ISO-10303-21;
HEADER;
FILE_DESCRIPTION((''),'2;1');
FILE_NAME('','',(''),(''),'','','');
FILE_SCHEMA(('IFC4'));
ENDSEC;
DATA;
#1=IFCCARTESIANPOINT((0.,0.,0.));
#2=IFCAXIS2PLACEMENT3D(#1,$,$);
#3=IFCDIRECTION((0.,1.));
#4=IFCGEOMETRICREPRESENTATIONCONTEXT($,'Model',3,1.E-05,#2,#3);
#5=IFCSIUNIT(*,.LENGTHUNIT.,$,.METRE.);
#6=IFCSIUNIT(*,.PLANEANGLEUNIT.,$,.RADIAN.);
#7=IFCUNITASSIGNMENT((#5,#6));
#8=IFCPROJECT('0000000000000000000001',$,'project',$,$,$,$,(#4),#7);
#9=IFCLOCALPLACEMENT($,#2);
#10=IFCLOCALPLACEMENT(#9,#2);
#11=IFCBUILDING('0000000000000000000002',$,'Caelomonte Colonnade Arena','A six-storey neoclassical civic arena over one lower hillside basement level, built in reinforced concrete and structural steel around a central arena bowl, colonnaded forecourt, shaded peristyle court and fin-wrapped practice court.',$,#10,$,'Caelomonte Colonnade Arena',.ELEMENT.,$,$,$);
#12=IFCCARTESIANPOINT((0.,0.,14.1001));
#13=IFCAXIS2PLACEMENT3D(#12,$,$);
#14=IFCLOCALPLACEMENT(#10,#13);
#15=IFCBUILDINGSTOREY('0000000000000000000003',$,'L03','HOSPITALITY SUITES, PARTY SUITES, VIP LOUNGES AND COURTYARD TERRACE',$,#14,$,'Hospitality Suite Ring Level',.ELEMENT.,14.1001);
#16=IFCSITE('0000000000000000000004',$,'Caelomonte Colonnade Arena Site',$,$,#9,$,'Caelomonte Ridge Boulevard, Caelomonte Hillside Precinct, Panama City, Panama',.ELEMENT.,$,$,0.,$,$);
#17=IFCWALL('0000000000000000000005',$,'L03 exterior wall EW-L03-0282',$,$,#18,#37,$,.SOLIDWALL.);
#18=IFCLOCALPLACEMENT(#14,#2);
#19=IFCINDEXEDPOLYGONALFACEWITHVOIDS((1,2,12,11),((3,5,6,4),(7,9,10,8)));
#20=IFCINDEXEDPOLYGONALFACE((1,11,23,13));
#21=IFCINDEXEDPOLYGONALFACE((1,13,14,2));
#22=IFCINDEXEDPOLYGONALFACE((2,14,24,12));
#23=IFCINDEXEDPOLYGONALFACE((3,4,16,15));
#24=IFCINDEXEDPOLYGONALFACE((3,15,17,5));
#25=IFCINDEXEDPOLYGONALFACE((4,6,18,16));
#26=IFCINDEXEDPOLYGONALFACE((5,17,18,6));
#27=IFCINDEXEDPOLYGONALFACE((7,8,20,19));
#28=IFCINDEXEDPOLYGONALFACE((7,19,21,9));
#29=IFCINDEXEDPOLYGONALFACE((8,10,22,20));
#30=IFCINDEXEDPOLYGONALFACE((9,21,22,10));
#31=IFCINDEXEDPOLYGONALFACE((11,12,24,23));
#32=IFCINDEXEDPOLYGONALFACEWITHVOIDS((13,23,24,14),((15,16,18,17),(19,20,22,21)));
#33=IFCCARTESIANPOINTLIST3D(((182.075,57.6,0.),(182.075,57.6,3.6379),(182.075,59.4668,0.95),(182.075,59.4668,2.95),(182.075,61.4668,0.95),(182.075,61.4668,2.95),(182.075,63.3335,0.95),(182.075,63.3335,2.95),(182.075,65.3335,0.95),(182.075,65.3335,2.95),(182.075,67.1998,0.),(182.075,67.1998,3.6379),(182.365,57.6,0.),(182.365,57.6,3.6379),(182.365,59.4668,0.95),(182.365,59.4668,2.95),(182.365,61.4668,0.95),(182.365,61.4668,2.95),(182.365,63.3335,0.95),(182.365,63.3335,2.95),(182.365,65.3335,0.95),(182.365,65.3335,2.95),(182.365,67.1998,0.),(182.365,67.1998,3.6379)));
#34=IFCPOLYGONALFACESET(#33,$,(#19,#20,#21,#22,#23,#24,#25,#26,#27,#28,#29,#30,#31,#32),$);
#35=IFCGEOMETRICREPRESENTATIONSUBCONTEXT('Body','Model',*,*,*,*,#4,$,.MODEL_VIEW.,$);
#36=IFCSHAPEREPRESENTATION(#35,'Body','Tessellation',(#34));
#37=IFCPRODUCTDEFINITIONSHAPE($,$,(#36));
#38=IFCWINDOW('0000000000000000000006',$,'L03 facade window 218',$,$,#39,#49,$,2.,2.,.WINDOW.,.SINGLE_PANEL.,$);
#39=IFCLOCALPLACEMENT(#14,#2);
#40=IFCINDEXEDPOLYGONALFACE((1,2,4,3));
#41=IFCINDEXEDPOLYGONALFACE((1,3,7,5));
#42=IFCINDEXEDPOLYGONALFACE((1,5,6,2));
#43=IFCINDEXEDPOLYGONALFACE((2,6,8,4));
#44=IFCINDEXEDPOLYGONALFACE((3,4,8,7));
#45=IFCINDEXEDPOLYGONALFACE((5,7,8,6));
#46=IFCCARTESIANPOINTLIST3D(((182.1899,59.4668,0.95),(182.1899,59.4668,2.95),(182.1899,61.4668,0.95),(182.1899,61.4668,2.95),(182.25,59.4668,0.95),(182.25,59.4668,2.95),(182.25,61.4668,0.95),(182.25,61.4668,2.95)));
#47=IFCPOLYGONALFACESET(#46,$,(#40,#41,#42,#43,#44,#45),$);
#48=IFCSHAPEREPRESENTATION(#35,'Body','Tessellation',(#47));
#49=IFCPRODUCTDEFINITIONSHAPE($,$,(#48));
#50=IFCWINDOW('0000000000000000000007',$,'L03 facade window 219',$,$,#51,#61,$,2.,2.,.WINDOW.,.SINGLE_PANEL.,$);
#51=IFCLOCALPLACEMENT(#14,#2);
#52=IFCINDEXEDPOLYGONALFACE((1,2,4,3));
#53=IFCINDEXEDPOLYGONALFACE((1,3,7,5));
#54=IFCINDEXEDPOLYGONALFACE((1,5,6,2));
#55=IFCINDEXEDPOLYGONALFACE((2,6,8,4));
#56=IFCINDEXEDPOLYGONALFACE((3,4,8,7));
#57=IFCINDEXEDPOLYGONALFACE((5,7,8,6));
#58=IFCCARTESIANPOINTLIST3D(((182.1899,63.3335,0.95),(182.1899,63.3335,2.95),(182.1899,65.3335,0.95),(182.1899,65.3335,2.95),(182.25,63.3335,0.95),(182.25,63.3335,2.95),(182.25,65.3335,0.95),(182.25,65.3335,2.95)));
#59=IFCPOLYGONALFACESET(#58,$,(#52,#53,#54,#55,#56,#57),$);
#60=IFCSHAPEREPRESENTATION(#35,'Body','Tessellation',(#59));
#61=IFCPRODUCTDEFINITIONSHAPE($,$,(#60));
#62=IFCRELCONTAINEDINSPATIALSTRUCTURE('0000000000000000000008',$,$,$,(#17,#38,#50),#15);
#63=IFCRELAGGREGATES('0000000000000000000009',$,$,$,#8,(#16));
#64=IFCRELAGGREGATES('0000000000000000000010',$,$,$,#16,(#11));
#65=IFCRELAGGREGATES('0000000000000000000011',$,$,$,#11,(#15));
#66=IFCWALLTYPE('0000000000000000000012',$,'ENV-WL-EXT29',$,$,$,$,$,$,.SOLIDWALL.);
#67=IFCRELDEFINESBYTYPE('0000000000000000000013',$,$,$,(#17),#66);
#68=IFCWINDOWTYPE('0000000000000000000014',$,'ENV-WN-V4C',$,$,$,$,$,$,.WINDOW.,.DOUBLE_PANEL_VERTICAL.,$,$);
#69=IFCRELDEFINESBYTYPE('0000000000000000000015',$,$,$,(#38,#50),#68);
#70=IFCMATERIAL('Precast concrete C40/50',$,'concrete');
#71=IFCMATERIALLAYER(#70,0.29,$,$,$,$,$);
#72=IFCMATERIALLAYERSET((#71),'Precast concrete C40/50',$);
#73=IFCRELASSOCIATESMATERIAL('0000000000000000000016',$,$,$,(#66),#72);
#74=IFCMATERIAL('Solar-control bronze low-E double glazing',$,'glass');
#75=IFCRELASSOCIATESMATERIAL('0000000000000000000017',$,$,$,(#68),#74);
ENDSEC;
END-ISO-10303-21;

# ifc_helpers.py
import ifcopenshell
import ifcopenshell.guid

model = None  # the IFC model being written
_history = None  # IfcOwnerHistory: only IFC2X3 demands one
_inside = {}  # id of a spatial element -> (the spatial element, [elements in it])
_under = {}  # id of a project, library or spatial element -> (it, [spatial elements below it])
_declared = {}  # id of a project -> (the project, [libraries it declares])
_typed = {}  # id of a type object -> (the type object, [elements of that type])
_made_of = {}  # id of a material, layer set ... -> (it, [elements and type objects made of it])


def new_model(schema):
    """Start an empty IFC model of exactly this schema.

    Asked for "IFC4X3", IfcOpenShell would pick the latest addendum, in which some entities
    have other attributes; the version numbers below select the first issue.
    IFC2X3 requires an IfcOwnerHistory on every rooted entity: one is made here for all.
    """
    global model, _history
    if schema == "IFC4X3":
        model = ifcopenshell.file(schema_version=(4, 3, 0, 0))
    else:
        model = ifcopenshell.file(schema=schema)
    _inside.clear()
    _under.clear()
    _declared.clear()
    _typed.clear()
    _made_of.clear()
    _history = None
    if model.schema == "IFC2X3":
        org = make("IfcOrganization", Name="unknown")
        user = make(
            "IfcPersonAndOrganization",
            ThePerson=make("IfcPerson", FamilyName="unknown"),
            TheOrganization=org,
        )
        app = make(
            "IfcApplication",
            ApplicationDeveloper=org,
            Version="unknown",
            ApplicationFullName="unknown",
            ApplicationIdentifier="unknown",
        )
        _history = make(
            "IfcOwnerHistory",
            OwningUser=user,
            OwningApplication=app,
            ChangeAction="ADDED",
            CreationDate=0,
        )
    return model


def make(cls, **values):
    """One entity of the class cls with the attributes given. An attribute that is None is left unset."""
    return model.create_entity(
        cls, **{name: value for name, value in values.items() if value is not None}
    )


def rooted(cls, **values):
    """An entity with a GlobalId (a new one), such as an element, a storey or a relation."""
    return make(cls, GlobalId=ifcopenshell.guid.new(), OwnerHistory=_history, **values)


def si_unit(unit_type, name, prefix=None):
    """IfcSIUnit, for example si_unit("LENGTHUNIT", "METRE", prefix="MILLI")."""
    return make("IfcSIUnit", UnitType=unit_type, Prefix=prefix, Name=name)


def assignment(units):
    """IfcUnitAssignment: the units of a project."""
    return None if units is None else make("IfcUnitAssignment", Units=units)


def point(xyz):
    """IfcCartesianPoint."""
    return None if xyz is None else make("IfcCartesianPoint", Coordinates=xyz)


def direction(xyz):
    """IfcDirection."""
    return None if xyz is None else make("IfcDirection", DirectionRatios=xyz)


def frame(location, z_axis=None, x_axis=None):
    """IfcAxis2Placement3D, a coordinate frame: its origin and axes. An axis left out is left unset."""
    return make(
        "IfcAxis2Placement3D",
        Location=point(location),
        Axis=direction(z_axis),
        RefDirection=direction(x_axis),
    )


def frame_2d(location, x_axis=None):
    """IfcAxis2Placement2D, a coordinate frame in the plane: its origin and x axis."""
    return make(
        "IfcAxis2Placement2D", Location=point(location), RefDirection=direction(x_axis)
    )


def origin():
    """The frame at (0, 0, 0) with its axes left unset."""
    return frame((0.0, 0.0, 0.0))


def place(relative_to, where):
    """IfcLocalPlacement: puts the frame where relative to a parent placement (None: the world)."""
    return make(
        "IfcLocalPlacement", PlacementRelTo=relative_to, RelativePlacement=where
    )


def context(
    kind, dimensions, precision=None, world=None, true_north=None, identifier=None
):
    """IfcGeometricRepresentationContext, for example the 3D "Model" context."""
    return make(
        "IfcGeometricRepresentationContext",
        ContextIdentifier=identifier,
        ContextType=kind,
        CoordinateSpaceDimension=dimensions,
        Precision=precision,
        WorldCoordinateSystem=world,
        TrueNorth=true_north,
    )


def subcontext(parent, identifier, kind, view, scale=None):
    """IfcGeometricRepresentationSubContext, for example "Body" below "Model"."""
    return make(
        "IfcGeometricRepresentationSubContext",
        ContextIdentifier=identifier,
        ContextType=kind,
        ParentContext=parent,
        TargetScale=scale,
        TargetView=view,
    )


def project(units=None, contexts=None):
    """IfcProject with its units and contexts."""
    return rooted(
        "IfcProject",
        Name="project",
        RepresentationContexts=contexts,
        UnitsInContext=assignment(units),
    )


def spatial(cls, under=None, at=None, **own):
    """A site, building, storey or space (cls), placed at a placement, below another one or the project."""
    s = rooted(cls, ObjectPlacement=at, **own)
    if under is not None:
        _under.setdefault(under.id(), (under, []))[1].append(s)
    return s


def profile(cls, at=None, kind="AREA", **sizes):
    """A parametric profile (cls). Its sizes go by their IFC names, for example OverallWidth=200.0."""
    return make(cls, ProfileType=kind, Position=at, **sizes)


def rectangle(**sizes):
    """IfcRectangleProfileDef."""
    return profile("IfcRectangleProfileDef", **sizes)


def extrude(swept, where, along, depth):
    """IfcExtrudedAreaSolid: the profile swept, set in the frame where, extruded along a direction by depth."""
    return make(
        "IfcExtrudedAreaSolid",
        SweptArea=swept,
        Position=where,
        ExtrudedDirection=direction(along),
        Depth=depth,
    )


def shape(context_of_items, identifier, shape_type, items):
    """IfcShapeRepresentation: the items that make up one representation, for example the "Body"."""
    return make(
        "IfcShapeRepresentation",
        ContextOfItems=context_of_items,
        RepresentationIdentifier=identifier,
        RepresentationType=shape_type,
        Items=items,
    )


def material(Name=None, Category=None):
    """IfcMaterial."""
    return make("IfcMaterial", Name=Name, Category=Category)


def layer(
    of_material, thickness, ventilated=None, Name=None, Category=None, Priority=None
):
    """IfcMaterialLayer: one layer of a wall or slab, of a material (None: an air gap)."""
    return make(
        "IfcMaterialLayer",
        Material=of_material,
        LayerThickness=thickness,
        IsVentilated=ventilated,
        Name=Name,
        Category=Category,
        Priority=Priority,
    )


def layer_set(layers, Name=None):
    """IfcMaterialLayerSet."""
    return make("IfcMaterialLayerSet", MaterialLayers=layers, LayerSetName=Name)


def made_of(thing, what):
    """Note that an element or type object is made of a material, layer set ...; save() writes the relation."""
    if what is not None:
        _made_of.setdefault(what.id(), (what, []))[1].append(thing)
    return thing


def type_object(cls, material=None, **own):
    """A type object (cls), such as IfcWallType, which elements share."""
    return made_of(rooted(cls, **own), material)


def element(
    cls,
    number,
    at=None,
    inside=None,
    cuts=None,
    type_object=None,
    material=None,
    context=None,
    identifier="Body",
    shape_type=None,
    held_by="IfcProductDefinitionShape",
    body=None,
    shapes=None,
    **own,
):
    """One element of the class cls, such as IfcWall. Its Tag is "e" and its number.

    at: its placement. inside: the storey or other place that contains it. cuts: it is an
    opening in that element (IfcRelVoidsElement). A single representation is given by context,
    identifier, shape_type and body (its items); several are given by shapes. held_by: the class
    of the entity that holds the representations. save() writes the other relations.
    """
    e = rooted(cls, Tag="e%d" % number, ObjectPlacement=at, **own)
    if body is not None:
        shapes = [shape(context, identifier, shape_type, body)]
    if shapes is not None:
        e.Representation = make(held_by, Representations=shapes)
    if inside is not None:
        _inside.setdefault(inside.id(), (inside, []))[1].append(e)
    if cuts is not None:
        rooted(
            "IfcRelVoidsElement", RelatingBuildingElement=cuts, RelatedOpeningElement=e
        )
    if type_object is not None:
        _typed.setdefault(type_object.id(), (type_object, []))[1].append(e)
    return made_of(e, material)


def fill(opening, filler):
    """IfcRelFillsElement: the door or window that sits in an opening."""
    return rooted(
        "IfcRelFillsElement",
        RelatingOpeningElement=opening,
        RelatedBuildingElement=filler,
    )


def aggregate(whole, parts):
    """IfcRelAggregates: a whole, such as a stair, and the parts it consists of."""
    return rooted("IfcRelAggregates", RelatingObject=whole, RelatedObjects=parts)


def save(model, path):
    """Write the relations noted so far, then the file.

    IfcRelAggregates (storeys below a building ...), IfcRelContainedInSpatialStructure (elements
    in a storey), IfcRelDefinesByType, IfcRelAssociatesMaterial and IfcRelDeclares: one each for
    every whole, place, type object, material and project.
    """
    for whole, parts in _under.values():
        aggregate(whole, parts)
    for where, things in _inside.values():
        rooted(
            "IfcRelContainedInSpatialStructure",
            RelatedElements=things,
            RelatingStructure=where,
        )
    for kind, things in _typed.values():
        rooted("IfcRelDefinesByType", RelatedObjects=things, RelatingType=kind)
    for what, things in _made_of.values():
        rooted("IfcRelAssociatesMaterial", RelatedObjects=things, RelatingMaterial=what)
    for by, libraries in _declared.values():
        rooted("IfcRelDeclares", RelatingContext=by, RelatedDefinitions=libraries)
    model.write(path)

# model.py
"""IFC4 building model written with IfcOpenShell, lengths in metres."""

from ifc_helpers import new_model, si_unit, direction, frame, frame_2d, origin, place, context, subcontext, project, spatial, rectangle, extrude, material, layer, layer_set, type_object, element, fill, save


model = new_model("IFC4")

# Units and contexts
model_context = context("Model", 3, precision=1e-05, world=origin(), true_north=direction((0.0, 1.0)))
body_context = subcontext(model_context, "Body", "Model", "MODEL_VIEW")
ifc_project = project(units=[si_unit("LENGTHUNIT", "METRE"), si_unit("PLANEANGLEUNIT", "RADIAN")], contexts=[model_context])

# Site, building, storey
site_placement = place(None, origin())
site = spatial("IfcSite", under=ifc_project, at=site_placement, Name="Caelomonte Colonnade Arena Site", LongName="Caelomonte Ridge Boulevard, Caelomonte Hillside Precinct, Panama City, Panama", CompositionType="ELEMENT", RefElevation=0.0)
building_placement = place(site_placement, origin())
building = spatial("IfcBuilding", under=site, at=building_placement, Name="Caelomonte Colonnade Arena", Description="A six-storey neoclassical civic arena over one lower hillside basement level, built in reinforced concrete and structural steel around a central arena bowl, colonnaded forecourt, shaded peristyle court and fin-wrapped practice court.", LongName="Caelomonte Colonnade Arena", CompositionType="ELEMENT")
storey_placement = place(building_placement, frame((0.0, 0.0, 14.1001)))
storey = spatial("IfcBuildingStorey", under=building, at=storey_placement, Name="L03", Description="HOSPITALITY SUITES, PARTY SUITES, VIP LOUNGES AND COURTYARD TERRACE", LongName="Hospitality Suite Ring Level", CompositionType="ELEMENT", Elevation=14.1001)

# Shared definitions
ifc_material_1 = material(Name="Solar-control bronze low-E double glazing", Category="glass")

# Wall, openings, windows
ifc_material_2 = material(Name="Precast concrete C40/50", Category="concrete")
ifc_layer_1 = layer(ifc_material_2, 0.29)
ifc_layer_set_1 = layer_set([ifc_layer_1], Name="Precast concrete C40/50")
wall_type = type_object("IfcWallType", Name="ENV-WL-EXT29", PredefinedType="SOLIDWALL", material=ifc_layer_set_1)
wall_placement = place(storey_placement, frame((182.22, 57.6001, 0.0), z_axis=(0.0, 0.0, 1.0), x_axis=(0.0, 1.0, 0.0)))
wall = element("IfcWall", 1, at=wall_placement, inside=storey, type_object=wall_type, Name="L03 exterior wall EW-L03-0282", PredefinedType="SOLIDWALL", context=body_context, shape_type="SweptSolid", body=[
    extrude(rectangle(XDim=9.5999, YDim=0.29, at=frame_2d((4.7998, 0.0))), origin(), (0.0, 0.0, 1.0), 3.6379),
])
opening_1_placement = place(wall_placement, frame((3.8667, 0.0, 0.95), z_axis=(0.0, 0.0, 1.0), x_axis=(-1.0, 0.0, 0.0)))
opening_1 = element("IfcOpeningElement", 2, at=opening_1_placement, cuts=wall, PredefinedType="OPENING", context=body_context, shape_type="SweptSolid", body=[
    extrude(rectangle(XDim=2.0, YDim=2.0, at=frame_2d((1.0, 1.0))), frame((0.0, 0.155, 0.0), z_axis=(0.0, -1.0, 0.0), x_axis=(1.0, 0.0, 0.0)), (0.0, 0.0, 1.0), 0.3101),
])
opening_2_placement = place(wall_placement, frame((7.7334, 0.0, 0.95), z_axis=(0.0, 0.0, 1.0), x_axis=(-1.0, 0.0, 0.0)))
opening_2 = element("IfcOpeningElement", 3, at=opening_2_placement, cuts=wall, PredefinedType="OPENING", context=body_context, shape_type="SweptSolid", body=[
    extrude(rectangle(XDim=2.0, YDim=2.0, at=frame_2d((1.0, 1.0))), frame((0.0, 0.155, 0.0), z_axis=(0.0, -1.0, 0.0), x_axis=(1.0, 0.0, 0.0)), (0.0, 0.0, 1.0), 0.3101),
])
window_type = type_object("IfcWindowType", Name="ENV-WN-V4C", PartitioningType="DOUBLE_PANEL_VERTICAL", PredefinedType="WINDOW", material=ifc_material_1)
window_1_placement = place(opening_1_placement, origin())
window_1 = element("IfcWindow", 4, at=window_1_placement, inside=storey, type_object=window_type, Name="L03 facade window 218", OverallHeight=2.0, OverallWidth=2.0, PartitioningType="SINGLE_PANEL", PredefinedType="WINDOW", context=body_context, shape_type="SweptSolid", body=[
    extrude(rectangle(XDim=2.0, YDim=2.0, at=frame_2d((1.0, 1.0))), frame((0.0, 0.03, 0.0), z_axis=(0.0, -1.0, 0.0), x_axis=(1.0, 0.0, 0.0)), (0.0, 0.0, 1.0), 0.0601),
])
fill(opening_1, window_1)
window_2_placement = place(opening_2_placement, origin())
window_2 = element("IfcWindow", 5, at=window_2_placement, inside=storey, type_object=window_type, Name="L03 facade window 219", OverallHeight=2.0, OverallWidth=2.0, PartitioningType="SINGLE_PANEL", PredefinedType="WINDOW", context=body_context, shape_type="SweptSolid", body=[
    extrude(rectangle(XDim=2.0, YDim=2.0, at=frame_2d((1.0, 1.0))), frame((0.0, 0.03, 0.0), z_axis=(0.0, -1.0, 0.0), x_axis=(1.0, 0.0, 0.0)), (0.0, 0.0, 1.0), 0.0601),
])
fill(opening_2, window_2)

save(model, "model.ifc")
